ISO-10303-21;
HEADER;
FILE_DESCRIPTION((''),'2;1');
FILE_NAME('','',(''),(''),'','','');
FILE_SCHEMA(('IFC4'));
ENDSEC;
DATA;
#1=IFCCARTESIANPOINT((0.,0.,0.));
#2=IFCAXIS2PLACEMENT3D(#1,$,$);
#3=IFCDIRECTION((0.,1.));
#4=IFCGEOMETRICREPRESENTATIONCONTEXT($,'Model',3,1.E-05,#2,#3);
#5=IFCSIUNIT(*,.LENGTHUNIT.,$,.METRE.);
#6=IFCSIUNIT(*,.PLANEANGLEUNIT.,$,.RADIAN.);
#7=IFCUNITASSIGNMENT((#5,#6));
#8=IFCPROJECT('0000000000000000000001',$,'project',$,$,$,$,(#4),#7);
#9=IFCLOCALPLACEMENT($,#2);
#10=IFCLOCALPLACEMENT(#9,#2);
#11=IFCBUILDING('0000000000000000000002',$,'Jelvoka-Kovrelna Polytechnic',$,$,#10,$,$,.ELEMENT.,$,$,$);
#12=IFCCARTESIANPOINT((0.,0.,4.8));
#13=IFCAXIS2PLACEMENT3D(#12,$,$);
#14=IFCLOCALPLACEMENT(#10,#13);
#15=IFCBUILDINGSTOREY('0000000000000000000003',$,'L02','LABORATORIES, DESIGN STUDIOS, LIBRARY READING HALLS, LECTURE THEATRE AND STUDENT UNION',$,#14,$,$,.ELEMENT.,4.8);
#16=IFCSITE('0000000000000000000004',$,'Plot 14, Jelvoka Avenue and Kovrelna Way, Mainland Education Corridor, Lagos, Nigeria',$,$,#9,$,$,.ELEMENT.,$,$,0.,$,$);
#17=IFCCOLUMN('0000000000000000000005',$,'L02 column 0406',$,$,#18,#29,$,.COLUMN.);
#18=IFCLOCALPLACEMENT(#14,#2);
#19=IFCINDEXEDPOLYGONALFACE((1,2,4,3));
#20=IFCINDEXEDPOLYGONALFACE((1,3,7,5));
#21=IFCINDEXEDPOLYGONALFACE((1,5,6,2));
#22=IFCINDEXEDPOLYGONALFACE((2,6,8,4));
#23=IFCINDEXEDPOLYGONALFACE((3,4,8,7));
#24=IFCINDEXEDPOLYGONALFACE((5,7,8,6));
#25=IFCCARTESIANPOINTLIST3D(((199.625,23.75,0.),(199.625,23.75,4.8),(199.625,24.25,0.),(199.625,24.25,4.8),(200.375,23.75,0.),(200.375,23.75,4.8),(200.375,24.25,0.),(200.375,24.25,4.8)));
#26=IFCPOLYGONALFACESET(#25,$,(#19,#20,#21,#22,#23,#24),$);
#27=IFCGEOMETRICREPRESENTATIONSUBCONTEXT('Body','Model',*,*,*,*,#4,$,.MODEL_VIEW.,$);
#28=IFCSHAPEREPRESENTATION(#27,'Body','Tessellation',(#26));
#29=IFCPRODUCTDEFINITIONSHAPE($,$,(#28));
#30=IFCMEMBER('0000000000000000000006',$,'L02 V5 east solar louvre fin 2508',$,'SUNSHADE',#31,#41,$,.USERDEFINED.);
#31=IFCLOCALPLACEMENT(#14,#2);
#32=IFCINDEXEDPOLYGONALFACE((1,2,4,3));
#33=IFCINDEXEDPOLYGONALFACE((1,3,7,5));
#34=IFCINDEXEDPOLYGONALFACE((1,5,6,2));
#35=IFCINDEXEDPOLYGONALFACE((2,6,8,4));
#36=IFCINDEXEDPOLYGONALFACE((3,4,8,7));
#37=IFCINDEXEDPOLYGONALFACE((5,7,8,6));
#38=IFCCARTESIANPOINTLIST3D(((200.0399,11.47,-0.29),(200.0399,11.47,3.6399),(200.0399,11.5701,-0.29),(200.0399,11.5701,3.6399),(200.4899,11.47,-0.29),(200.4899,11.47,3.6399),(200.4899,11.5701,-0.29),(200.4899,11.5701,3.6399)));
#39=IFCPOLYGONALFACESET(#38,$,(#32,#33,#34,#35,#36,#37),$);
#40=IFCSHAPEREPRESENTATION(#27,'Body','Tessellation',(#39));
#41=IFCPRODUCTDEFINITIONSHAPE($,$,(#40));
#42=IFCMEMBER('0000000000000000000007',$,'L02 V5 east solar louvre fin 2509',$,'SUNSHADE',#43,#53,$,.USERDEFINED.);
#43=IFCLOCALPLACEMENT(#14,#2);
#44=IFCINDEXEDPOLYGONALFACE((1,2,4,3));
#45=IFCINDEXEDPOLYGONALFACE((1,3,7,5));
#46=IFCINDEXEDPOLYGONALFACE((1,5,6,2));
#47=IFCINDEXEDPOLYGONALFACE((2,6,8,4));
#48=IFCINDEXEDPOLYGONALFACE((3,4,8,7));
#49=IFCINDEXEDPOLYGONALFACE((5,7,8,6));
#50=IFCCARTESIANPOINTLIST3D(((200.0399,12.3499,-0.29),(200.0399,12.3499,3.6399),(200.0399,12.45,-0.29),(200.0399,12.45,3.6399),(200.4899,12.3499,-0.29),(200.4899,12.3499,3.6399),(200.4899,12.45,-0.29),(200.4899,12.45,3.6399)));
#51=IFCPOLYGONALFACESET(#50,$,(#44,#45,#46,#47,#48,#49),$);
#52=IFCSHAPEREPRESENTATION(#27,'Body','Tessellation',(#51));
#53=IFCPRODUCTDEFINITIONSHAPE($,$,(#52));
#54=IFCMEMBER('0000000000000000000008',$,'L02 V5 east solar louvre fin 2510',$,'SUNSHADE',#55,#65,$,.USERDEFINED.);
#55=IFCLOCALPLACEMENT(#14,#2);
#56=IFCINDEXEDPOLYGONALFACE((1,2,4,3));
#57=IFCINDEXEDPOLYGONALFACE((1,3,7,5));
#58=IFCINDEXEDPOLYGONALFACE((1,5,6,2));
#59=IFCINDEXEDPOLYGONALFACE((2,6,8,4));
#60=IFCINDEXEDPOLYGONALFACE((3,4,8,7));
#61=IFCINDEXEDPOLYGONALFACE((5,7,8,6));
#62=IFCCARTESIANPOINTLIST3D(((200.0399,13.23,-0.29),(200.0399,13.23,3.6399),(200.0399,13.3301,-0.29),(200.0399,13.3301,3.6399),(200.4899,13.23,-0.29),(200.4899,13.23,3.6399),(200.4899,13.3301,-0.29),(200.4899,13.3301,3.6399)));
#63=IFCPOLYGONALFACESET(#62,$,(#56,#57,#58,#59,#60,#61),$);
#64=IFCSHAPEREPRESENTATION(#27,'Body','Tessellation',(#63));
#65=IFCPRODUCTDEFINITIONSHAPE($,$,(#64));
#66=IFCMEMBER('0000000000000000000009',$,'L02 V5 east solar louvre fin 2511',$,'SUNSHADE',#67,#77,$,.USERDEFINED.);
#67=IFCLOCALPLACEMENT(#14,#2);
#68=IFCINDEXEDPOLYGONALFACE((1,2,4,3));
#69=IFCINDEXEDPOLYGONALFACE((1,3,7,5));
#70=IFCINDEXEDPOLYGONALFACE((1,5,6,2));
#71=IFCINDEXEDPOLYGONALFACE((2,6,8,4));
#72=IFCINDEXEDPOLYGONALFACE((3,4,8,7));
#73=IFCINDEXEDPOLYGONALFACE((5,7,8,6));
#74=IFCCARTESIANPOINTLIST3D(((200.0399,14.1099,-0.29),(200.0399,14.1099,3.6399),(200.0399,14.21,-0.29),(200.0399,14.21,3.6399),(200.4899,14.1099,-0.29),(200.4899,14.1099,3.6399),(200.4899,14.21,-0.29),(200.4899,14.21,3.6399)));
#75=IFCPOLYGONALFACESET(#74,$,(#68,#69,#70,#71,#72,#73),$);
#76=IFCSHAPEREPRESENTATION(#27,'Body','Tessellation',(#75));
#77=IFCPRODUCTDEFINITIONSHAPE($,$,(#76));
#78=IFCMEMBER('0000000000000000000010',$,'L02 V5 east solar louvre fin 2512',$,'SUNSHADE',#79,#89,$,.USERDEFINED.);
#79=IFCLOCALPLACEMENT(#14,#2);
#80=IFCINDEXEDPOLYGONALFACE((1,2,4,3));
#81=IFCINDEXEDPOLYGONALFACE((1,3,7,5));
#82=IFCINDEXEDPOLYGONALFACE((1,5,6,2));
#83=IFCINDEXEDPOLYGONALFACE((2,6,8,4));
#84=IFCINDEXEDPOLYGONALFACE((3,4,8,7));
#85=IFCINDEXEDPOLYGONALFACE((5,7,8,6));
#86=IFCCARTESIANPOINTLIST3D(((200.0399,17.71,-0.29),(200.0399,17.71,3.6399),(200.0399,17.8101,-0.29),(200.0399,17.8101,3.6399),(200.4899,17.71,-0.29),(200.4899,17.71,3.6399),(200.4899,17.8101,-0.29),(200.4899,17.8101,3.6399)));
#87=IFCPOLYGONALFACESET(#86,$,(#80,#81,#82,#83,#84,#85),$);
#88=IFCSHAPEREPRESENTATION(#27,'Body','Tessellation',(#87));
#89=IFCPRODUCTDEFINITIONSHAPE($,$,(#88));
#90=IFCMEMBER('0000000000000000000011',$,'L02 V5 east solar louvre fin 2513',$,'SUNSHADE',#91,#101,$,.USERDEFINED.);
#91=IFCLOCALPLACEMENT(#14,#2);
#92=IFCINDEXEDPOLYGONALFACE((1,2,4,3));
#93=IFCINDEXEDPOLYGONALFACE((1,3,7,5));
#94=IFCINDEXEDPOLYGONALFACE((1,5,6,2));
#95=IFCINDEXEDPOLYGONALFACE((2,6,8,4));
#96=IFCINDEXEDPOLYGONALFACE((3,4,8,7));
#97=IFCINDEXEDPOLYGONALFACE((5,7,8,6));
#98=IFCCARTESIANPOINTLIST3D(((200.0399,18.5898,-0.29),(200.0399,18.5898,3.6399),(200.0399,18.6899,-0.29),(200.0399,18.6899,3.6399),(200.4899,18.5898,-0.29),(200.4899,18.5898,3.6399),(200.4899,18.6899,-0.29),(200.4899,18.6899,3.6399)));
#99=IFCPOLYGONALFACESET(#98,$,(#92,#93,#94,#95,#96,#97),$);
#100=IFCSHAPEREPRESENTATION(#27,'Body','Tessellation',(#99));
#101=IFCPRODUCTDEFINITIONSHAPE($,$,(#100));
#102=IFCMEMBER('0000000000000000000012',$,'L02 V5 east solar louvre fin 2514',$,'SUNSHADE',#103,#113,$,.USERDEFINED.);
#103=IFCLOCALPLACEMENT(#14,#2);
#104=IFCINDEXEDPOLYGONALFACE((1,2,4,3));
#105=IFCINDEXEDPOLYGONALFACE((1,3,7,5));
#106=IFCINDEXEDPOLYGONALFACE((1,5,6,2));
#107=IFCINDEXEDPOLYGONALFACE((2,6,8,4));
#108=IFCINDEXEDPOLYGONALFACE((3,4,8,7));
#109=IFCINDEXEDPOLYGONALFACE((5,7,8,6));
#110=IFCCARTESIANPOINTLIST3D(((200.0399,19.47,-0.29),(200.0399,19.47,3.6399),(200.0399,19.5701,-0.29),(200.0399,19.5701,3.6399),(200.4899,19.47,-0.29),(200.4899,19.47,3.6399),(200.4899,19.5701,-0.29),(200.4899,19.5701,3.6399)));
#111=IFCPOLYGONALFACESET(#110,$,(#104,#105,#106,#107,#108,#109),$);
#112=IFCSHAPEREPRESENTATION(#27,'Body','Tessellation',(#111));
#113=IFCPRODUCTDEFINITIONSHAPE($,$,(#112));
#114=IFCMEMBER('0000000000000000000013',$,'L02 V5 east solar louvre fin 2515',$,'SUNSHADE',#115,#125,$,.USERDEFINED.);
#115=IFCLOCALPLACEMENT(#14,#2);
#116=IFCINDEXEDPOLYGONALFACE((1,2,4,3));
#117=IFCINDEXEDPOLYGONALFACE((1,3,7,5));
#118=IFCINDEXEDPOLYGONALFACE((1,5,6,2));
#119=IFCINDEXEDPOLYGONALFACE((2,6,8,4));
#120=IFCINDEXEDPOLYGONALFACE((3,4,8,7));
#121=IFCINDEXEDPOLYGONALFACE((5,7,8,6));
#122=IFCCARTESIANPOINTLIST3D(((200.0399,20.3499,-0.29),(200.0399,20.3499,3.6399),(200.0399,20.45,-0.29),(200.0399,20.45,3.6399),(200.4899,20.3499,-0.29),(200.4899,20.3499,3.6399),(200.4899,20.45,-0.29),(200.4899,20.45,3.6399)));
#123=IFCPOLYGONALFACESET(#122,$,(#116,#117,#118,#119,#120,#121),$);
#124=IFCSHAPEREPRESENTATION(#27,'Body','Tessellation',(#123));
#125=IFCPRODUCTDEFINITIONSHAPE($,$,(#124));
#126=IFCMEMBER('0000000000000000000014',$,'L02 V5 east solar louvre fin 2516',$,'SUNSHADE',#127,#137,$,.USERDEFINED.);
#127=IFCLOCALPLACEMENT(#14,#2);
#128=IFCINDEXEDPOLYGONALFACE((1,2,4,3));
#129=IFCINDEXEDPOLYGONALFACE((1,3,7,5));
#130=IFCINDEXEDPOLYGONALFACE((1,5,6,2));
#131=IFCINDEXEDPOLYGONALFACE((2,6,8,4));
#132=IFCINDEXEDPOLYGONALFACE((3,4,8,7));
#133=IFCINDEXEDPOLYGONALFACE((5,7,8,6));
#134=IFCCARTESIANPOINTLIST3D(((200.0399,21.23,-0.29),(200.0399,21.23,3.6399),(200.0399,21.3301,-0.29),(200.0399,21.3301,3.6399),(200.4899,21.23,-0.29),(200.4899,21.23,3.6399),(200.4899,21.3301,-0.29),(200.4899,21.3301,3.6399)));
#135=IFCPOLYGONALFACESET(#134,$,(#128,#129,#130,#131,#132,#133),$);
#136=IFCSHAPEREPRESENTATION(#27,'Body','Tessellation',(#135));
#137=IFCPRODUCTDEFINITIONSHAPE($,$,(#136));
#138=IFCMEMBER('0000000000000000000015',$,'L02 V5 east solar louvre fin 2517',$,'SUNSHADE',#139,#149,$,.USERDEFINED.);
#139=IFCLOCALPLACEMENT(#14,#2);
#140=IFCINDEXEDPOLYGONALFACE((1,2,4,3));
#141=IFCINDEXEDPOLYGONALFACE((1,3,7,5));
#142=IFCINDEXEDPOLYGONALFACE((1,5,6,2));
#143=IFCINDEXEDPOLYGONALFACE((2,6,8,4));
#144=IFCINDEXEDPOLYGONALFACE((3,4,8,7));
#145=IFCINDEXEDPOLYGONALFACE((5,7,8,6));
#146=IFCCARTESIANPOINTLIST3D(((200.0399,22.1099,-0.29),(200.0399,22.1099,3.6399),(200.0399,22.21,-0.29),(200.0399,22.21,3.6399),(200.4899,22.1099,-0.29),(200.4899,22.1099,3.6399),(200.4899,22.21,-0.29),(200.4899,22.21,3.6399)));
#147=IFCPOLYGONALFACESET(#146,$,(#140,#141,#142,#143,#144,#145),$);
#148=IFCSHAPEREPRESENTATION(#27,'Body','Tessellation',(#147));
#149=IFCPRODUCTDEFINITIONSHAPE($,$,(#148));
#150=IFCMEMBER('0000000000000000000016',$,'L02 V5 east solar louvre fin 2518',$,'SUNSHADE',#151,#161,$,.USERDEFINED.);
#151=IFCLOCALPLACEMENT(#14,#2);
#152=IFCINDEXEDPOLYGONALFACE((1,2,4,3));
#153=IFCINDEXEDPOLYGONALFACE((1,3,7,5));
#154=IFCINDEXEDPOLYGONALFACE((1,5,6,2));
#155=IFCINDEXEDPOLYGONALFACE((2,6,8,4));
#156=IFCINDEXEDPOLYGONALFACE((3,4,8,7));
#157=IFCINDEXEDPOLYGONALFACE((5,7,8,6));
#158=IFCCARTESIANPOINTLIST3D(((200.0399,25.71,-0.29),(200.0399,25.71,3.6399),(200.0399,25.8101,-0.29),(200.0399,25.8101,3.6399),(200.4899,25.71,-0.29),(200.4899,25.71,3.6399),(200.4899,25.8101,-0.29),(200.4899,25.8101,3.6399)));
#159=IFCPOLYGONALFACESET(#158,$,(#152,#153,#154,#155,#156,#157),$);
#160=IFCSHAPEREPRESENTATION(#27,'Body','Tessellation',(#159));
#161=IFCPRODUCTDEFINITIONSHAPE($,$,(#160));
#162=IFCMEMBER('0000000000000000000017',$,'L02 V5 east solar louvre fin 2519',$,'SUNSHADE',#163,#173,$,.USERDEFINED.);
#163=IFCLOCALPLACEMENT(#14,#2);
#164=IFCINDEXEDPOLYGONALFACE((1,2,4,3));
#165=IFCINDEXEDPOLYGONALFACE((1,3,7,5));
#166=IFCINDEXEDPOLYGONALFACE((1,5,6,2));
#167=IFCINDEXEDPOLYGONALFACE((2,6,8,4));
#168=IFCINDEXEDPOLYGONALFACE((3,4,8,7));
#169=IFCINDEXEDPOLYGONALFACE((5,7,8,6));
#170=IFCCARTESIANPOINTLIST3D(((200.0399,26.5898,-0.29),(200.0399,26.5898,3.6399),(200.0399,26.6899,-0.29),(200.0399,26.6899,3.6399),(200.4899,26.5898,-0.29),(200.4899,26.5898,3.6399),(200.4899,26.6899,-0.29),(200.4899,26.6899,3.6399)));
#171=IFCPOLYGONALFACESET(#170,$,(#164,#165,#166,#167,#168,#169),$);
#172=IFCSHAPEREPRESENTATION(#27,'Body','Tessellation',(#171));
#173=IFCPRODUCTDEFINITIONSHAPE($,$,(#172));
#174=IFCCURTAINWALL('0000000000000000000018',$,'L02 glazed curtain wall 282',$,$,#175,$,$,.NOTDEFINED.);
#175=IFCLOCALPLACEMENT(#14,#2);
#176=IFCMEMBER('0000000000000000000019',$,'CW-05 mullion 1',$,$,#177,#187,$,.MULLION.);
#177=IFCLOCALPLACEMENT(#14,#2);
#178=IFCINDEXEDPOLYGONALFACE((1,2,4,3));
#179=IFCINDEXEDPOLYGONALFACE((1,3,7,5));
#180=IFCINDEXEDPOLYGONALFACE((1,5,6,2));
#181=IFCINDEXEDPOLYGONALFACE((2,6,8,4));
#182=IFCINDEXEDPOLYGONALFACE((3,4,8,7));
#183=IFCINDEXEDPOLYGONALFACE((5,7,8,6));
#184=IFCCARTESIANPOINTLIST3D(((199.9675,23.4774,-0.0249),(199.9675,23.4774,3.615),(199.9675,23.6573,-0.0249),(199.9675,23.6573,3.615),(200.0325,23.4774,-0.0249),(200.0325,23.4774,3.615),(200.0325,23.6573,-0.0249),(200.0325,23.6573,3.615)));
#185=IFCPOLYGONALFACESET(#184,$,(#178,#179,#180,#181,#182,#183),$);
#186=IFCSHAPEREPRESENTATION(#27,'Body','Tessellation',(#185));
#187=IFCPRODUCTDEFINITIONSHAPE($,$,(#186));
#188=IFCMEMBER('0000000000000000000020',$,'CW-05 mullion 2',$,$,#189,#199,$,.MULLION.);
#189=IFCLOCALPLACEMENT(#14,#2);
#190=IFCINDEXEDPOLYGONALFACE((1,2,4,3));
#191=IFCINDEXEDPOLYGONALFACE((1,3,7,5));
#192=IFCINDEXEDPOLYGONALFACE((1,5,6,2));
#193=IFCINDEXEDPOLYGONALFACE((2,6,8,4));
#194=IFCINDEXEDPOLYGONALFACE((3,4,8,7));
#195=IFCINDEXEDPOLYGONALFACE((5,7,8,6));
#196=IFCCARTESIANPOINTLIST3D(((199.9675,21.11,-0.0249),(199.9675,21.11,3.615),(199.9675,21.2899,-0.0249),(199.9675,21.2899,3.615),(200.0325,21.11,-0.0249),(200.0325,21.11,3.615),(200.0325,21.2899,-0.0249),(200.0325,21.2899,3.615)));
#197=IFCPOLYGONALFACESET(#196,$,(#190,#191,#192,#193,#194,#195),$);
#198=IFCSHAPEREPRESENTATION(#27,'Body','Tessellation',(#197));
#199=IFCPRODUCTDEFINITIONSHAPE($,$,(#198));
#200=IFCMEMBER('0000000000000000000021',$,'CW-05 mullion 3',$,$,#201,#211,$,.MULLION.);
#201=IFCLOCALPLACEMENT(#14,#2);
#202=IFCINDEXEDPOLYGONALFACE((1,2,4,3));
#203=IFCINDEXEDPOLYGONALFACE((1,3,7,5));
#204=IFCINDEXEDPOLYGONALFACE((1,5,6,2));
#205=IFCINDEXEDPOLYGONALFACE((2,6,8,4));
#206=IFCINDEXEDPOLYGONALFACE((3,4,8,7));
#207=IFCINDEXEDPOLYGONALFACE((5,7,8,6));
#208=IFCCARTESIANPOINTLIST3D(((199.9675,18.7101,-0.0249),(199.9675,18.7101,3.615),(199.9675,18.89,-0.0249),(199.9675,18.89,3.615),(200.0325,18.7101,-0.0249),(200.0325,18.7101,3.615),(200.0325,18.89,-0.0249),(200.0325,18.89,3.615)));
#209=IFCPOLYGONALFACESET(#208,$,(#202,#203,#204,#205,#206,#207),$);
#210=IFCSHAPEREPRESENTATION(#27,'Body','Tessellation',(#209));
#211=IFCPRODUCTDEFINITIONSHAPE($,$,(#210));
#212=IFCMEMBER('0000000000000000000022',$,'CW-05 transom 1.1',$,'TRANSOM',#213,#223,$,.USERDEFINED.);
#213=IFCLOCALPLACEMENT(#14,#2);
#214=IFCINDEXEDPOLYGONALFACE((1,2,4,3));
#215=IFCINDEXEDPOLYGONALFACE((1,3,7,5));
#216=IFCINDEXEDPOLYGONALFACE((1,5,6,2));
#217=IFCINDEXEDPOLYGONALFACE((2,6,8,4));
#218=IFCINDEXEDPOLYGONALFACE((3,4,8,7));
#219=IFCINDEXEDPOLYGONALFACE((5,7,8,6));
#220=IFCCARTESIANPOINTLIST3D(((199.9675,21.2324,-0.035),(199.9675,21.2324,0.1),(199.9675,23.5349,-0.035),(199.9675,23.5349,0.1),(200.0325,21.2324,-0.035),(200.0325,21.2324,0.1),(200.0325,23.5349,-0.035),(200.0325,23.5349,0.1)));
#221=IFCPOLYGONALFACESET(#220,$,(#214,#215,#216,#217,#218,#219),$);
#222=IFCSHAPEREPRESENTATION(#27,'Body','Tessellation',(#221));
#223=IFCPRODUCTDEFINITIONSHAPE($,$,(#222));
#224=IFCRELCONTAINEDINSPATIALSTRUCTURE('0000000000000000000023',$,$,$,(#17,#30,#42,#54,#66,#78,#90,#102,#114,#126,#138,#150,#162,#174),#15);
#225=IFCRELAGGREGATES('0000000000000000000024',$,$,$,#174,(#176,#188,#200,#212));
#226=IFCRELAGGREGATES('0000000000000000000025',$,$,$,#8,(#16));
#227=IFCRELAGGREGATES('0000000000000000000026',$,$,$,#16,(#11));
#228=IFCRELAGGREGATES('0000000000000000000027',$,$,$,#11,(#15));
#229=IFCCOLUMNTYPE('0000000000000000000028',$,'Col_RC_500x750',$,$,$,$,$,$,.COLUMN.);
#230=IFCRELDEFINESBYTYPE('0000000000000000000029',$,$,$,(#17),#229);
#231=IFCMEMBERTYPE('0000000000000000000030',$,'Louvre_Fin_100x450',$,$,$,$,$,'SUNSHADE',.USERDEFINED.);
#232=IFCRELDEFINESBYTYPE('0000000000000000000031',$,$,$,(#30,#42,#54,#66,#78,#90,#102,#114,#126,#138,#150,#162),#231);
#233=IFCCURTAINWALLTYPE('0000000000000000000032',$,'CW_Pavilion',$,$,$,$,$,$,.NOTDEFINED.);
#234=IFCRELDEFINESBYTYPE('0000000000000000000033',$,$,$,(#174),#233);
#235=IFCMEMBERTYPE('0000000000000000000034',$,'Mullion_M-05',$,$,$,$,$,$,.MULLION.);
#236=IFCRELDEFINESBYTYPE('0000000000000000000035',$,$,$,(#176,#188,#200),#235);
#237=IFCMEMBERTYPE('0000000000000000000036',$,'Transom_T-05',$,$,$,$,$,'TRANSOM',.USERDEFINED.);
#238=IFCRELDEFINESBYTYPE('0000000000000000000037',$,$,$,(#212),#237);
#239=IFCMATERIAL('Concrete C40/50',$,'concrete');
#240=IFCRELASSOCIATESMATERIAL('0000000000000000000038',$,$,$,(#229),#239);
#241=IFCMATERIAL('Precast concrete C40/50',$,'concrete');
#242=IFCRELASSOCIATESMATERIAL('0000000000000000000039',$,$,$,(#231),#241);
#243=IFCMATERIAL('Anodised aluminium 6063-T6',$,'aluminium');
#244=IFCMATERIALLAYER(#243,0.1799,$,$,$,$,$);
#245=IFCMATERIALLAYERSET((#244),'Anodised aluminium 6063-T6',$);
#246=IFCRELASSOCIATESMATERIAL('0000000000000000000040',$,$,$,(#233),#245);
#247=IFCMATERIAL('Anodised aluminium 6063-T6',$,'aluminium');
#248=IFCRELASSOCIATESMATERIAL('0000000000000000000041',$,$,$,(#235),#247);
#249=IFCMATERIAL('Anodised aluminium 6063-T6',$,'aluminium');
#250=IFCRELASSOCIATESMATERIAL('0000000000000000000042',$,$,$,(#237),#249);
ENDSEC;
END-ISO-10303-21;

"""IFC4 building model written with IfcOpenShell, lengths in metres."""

from ifc_helpers import new_model, si_unit, direction, frame, origin, origin_2d, place, context, subcontext, project, spatial, rectangle, extrude, material, layer, layer_set, material_profile, profile_set, type_object, element, aggregate, save


model = new_model("IFC4")

# Units and contexts
model_context = context("Model", 3, precision=1e-05, world=origin(), true_north=direction((0.0, 1.0)))
body_context = subcontext(model_context, "Body", "Model", "MODEL_VIEW")
ifc_project = project(units=[si_unit("LENGTHUNIT", "METRE"), si_unit("PLANEANGLEUNIT", "RADIAN")], contexts=[model_context])

# Site, building, storey
site_placement = place(None, origin())
site = spatial("IfcSite", under=ifc_project, at=site_placement, Name="Plot 14, Jelvoka Avenue and Kovrelna Way, Mainland Education Corridor, Lagos, Nigeria", CompositionType="ELEMENT", RefElevation=0.0)
building_placement = place(site_placement, origin())
building = spatial("IfcBuilding", under=site, at=building_placement, Name="Jelvoka-Kovrelna Polytechnic", CompositionType="ELEMENT")
storey_placement = place(building_placement, frame((0.0, 0.0, 4.8)))
storey = spatial("IfcBuildingStorey", under=building, at=storey_placement, Name="L02", Description="LABORATORIES, DESIGN STUDIOS, LIBRARY READING HALLS, LECTURE THEATRE AND STUDENT UNION", CompositionType="ELEMENT", Elevation=4.8)

# Column
ifc_material_1 = material(Name="Concrete C40/50", Category="concrete")
ifc_material_profile_1 = material_profile(ifc_material_1, rectangle(XDim=0.5, YDim=0.75, at=origin_2d()), Name="RC 500x750")
ifc_profile_set_1 = profile_set([ifc_material_profile_1], Name="Concrete C40/50")
column_type = type_object("IfcColumnType", Name="Col_RC_500x750", PredefinedType="COLUMN", material=ifc_profile_set_1)
column_placement = place(storey_placement, frame((200.0, 24.0, 0.0), z_axis=(0.0, 0.0, 1.0), x_axis=(0.0, 1.0, 0.0)))
element("IfcColumn", 1, at=column_placement, inside=storey, type_object=column_type, Name="L02 column 0406", PredefinedType="COLUMN", context=body_context, shape_type="SweptSolid", body=[
    extrude(rectangle(XDim=0.5, YDim=0.75, at=origin_2d()), origin(), (0.0, 0.0, 1.0), 4.8),
])

# Members
ifc_material_2 = material(Name="Precast concrete C40/50", Category="concrete")
ifc_material_profile_2 = material_profile(ifc_material_2, rectangle(XDim=0.1001, YDim=0.45, at=origin_2d()), Name="PC 100x450")
ifc_profile_set_2 = profile_set([ifc_material_profile_2], Name="Precast concrete C40/50")
member_type_1 = type_object("IfcMemberType", Name="Louvre_Fin_100x450", ElementType="SUNSHADE", PredefinedType="USERDEFINED", material=ifc_profile_set_2)
for number, where, z_axis, x_axis, name in (
    (2, (200.2649, 11.52, -0.29), (0.0, 0.0, 1.0), (0.0, 1.0, 0.0), "L02 V5 east solar louvre fin 2508"),
    (3, (200.2649, 12.3999, -0.29), (0.0, 0.0, 1.0), (0.0, 1.0, 0.0), "L02 V5 east solar louvre fin 2509"),
    (4, (200.2649, 13.28, -0.29), (0.0, 0.0, 1.0), (0.0, 1.0, 0.0), "L02 V5 east solar louvre fin 2510"),
    (5, (200.2649, 14.1599, -0.29), (0.0, 0.0, 1.0), (0.0, 1.0, 0.0), "L02 V5 east solar louvre fin 2511"),
    (6, (200.2649, 17.76, -0.29), (0.0, 0.0, 1.0), (0.0, 1.0, 0.0), "L02 V5 east solar louvre fin 2512"),
    (7, (200.2649, 18.6399, -0.29), (0.0, 0.0, 1.0), (0.0, 1.0, 0.0), "L02 V5 east solar louvre fin 2513"),
    (8, (200.2649, 19.52, -0.29), (0.0, 0.0, 1.0), (0.0, 1.0, 0.0), "L02 V5 east solar louvre fin 2514"),
    (9, (200.2649, 20.3999, -0.29), (0.0, 0.0, 1.0), (0.0, 1.0, 0.0), "L02 V5 east solar louvre fin 2515"),
    (10, (200.2649, 21.28, -0.29), (0.0, 0.0, 1.0), (0.0, 1.0, 0.0), "L02 V5 east solar louvre fin 2516"),
    (11, (200.2649, 22.1599, -0.29), (0.0, 0.0, 1.0), (0.0, 1.0, 0.0), "L02 V5 east solar louvre fin 2517"),
    (12, (200.2649, 25.76, -0.29), (0.0, 0.0, 1.0), (0.0, 1.0, 0.0), "L02 V5 east solar louvre fin 2518"),
    (13, (200.2649, 26.6399, -0.29), (0.0, 0.0, 1.0), (0.0, 1.0, 0.0), "L02 V5 east solar louvre fin 2519"),
):
    element("IfcMember", number, at=place(storey_placement, frame(where, z_axis=z_axis, x_axis=x_axis)), inside=storey, type_object=member_type_1, Name=name, ObjectType="SUNSHADE", PredefinedType="USERDEFINED", context=body_context, shape_type="SweptSolid", body=[
        extrude(rectangle(XDim=0.1001, YDim=0.45, at=origin_2d()), origin(), (0.0, 0.0, 1.0), 3.9299),
    ])

# Curtain wall, members
ifc_material_3 = material(Name="Anodised aluminium 6063-T6", Category="aluminium")
ifc_layer_1 = layer(ifc_material_3, 0.1799)
ifc_layer_set_1 = layer_set([ifc_layer_1], Name="Anodised aluminium 6063-T6")
curtain_wall_type = type_object("IfcCurtainWallType", Name="CW_Pavilion", PredefinedType="NOTDEFINED", material=ifc_layer_set_1)
curtain_wall_placement = place(storey_placement, origin())
curtain_wall = element("IfcCurtainWall", 14, at=curtain_wall_placement, inside=storey, type_object=curtain_wall_type, Name="L02 glazed curtain wall 282", PredefinedType="NOTDEFINED")
ifc_material_4 = material(Name="Anodised aluminium 6063-T6", Category="aluminium")
ifc_material_profile_3 = material_profile(ifc_material_4, rectangle(XDim=0.0649, YDim=0.1799, at=origin_2d()), Name="ALU 65x180")
ifc_profile_set_3 = profile_set([ifc_material_profile_3], Name="Anodised aluminium 6063-T6")
member_type_2 = type_object("IfcMemberType", Name="Mullion_M-05", PredefinedType="MULLION", material=ifc_profile_set_3)
member_1_placement = place(storey_placement, frame((200.0, 23.5674, -0.0249), z_axis=(0.0, 0.0, 1.0), x_axis=(1.0, 0.0, 0.0)))
member_1 = element("IfcMember", 15, at=member_1_placement, type_object=member_type_2, Name="CW-05 mullion 1", PredefinedType="MULLION", context=body_context, shape_type="SweptSolid", body=[
    extrude(rectangle(XDim=0.0649, YDim=0.1799, at=origin_2d()), origin(), (0.0, 0.0, 1.0), 3.6399),
])
member_2_placement = place(storey_placement, frame((200.0, 21.2, -0.0249), z_axis=(0.0, 0.0, 1.0), x_axis=(1.0, 0.0, 0.0)))
member_2 = element("IfcMember", 16, at=member_2_placement, type_object=member_type_2, Name="CW-05 mullion 2", PredefinedType="MULLION", context=body_context, shape_type="SweptSolid", body=[
    extrude(rectangle(XDim=0.0649, YDim=0.1799, at=origin_2d()), origin(), (0.0, 0.0, 1.0), 3.6399),
])
member_3_placement = place(storey_placement, frame((200.0, 18.8, -0.0249), z_axis=(0.0, 0.0, 1.0), x_axis=(1.0, 0.0, 0.0)))
member_3 = element("IfcMember", 17, at=member_3_placement, type_object=member_type_2, Name="CW-05 mullion 3", PredefinedType="MULLION", context=body_context, shape_type="SweptSolid", body=[
    extrude(rectangle(XDim=0.0649, YDim=0.1799, at=origin_2d()), origin(), (0.0, 0.0, 1.0), 3.6399),
])
ifc_material_5 = material(Name="Anodised aluminium 6063-T6", Category="aluminium")
ifc_material_profile_4 = material_profile(ifc_material_5, rectangle(XDim=0.0649, YDim=0.135, at=origin_2d()), Name="ALU 65x135")
ifc_profile_set_4 = profile_set([ifc_material_profile_4], Name="Anodised aluminium 6063-T6")
member_type_3 = type_object("IfcMemberType", Name="Transom_T-05", ElementType="TRANSOM", PredefinedType="USERDEFINED", material=ifc_profile_set_4)
member_4_placement = place(storey_placement, frame((200.0, 23.5349, 0.0325), z_axis=(0.0, -1.0, 0.0), x_axis=(1.0, 0.0, 0.0)))
member_4 = element("IfcMember", 18, at=member_4_placement, type_object=member_type_3, Name="CW-05 transom 1.1", ObjectType="TRANSOM", PredefinedType="USERDEFINED", context=body_context, shape_type="SweptSolid", body=[
    extrude(rectangle(XDim=0.0649, YDim=0.135, at=origin_2d()), origin(), (0.0, 0.0, 1.0), 2.3025),
])
aggregate(curtain_wall, [member_1, member_2, member_3, member_4])

save(model, "model.ifc")
